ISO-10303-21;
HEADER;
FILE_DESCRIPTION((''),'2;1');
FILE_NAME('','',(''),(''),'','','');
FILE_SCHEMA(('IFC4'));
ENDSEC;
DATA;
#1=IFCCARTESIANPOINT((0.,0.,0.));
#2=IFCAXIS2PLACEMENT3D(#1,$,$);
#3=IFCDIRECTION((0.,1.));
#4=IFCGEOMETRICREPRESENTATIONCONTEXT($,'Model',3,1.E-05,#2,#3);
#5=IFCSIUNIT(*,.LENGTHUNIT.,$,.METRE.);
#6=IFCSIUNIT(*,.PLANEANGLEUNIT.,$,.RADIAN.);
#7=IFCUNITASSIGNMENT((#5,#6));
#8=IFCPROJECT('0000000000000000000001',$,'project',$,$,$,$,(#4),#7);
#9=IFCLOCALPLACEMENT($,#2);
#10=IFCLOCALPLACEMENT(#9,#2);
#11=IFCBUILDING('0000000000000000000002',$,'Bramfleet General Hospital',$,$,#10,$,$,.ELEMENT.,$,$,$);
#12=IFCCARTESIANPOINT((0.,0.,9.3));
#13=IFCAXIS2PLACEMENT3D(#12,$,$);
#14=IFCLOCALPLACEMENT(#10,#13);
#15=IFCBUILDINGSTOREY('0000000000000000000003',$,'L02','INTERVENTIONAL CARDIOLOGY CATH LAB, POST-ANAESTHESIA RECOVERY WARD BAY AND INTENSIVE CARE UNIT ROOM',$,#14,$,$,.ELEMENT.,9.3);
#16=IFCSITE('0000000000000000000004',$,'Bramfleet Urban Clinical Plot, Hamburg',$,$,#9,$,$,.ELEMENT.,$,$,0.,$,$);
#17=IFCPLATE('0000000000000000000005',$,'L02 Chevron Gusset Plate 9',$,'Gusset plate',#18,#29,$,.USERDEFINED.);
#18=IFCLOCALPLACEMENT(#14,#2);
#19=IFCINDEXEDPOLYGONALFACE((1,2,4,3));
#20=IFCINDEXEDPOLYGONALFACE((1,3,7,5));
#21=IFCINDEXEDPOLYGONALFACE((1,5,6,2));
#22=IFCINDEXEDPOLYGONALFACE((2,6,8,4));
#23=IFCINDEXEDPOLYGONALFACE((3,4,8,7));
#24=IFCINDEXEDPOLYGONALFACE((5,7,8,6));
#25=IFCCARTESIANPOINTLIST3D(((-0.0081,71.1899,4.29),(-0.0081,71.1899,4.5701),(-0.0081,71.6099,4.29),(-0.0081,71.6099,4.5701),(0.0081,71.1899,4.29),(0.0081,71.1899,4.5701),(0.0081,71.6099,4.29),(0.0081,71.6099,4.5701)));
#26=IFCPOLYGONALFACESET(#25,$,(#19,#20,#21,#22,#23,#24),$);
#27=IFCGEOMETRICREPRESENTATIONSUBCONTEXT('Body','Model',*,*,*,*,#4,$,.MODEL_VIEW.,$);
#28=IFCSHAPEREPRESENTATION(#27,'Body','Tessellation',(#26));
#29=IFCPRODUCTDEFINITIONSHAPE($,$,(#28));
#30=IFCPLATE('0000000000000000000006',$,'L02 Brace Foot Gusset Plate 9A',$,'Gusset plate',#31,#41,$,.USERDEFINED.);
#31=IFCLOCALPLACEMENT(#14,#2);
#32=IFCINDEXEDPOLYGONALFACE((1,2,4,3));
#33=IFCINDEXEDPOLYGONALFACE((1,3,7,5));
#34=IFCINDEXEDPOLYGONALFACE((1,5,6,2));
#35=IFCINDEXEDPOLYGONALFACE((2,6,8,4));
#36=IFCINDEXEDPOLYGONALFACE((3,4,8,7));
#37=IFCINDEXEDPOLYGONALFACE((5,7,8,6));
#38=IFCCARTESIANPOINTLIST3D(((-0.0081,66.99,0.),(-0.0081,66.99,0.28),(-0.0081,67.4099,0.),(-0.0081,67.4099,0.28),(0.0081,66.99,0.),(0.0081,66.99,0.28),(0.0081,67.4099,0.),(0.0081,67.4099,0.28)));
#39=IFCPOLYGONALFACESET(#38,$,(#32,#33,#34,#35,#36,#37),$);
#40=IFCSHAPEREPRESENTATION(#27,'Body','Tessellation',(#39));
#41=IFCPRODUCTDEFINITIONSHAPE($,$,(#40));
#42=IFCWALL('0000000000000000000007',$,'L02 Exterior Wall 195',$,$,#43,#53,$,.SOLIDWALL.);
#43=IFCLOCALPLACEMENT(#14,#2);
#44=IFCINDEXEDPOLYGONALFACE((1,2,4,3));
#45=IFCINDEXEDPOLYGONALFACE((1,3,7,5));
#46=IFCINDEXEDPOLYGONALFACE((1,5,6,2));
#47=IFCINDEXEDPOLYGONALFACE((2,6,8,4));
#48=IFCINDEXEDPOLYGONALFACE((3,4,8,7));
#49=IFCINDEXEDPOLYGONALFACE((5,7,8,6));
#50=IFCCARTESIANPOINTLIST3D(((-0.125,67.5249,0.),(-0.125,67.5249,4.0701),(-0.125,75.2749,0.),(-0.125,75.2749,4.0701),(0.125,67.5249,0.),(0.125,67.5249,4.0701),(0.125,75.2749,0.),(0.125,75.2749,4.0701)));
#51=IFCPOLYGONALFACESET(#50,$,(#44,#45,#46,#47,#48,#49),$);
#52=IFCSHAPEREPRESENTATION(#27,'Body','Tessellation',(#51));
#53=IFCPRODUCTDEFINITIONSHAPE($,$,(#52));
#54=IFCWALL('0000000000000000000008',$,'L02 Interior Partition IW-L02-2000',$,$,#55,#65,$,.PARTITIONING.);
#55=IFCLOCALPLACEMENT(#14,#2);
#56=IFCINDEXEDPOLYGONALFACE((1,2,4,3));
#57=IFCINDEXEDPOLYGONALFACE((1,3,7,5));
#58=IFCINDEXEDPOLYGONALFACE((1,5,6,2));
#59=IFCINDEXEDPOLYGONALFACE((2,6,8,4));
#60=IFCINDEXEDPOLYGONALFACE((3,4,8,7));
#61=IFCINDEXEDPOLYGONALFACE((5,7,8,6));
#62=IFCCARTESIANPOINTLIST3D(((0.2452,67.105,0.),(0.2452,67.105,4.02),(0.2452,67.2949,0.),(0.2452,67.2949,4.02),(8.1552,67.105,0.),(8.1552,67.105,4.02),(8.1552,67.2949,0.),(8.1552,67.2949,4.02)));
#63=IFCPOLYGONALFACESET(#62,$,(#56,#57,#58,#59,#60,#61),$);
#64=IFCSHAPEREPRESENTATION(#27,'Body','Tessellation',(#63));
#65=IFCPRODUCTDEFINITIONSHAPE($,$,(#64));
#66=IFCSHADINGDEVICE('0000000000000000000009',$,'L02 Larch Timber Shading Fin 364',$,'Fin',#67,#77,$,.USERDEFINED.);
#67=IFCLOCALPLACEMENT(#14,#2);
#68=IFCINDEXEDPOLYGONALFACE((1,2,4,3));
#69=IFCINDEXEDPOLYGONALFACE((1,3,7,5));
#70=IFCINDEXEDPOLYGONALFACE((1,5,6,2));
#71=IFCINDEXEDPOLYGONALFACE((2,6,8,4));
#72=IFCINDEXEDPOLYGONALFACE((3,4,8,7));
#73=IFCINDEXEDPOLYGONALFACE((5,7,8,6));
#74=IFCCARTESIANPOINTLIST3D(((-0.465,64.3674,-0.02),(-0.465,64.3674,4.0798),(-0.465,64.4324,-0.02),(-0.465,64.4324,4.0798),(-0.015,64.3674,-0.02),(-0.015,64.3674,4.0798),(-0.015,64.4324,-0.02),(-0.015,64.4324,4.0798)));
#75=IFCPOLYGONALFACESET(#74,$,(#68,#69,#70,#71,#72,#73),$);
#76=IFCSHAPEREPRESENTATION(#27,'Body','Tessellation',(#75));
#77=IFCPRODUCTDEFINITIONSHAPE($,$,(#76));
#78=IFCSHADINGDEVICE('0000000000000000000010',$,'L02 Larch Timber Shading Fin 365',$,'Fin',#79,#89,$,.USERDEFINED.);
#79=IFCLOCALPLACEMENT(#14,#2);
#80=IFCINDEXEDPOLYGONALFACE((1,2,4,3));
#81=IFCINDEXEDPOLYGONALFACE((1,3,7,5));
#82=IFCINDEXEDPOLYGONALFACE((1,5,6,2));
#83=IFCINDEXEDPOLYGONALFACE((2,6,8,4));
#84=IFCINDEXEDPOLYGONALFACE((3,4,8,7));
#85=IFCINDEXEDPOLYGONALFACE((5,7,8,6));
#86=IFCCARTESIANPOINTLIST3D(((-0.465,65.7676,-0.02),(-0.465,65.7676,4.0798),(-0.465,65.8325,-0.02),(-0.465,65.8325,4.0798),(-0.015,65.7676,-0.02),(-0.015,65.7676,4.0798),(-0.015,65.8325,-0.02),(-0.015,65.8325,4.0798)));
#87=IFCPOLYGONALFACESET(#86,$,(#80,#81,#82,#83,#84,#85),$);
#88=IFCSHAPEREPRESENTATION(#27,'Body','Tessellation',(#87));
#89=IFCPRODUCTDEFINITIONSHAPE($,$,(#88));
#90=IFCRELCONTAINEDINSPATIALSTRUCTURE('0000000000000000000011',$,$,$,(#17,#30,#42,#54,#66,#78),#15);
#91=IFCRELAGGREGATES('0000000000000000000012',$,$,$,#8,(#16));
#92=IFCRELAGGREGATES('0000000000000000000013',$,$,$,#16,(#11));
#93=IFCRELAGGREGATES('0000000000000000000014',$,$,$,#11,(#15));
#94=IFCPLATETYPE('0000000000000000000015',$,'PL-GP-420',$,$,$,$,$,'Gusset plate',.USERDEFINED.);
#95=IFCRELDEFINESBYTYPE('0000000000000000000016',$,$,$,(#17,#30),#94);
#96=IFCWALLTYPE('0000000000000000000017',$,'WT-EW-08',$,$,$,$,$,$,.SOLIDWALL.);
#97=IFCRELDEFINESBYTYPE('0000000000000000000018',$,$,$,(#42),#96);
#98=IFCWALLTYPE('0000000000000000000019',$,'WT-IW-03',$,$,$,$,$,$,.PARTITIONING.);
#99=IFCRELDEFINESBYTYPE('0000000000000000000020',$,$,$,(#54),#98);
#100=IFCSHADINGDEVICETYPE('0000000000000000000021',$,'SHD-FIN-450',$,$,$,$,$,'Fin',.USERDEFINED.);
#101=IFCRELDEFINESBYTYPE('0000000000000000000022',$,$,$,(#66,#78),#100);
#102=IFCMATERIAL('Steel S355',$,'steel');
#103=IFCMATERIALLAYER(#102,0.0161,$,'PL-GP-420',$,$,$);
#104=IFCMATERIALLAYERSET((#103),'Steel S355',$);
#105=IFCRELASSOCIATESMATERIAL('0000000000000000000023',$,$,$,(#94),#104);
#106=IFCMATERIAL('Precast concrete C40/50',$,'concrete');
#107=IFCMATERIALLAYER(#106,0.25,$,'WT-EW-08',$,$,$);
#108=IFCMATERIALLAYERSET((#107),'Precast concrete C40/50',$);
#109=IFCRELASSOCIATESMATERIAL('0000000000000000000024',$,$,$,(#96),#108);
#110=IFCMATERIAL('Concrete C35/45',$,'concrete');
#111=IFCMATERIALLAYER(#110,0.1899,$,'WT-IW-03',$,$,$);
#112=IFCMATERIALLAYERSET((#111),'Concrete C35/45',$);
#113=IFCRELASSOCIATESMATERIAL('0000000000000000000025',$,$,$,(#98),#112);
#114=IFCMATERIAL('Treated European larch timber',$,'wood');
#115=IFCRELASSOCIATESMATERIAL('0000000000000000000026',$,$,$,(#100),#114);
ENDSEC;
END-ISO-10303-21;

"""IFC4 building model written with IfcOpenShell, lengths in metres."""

from ifc_helpers import new_model, si_unit, direction, frame, frame_2d, origin, origin_2d, place, context, subcontext, project, spatial, rectangle, extrude, material, layer, layer_set, material_profile, profile_set, type_object, element, save


model = new_model("IFC4")

# Units and contexts
model_context = context("Model", 3, precision=1e-05, world=origin(), true_north=direction((0.0, 1.0)))
body_context = subcontext(model_context, "Body", "Model", "MODEL_VIEW")
ifc_project = project(units=[si_unit("LENGTHUNIT", "METRE"), si_unit("PLANEANGLEUNIT", "RADIAN")], contexts=[model_context])

# Site, building, storey
site_placement = place(None, origin())
site = spatial("IfcSite", under=ifc_project, at=site_placement, Name="Bramfleet Urban Clinical Plot, Hamburg", CompositionType="ELEMENT", RefElevation=0.0)
building_placement = place(site_placement, origin())
building = spatial("IfcBuilding", under=site, at=building_placement, Name="Bramfleet General Hospital", CompositionType="ELEMENT")
storey_placement = place(building_placement, frame((0.0, 0.0, 9.3)))
storey = spatial("IfcBuildingStorey", under=building, at=storey_placement, Name="L02", Description="INTERVENTIONAL CARDIOLOGY CATH LAB, POST-ANAESTHESIA RECOVERY WARD BAY AND INTENSIVE CARE UNIT ROOM", CompositionType="ELEMENT", Elevation=9.3)

# Shared definitions
ifc_material_1 = material(Name="Concrete C35/45", Category="concrete")

# Shared definitions
ifc_material_2 = material(Name="Steel S355", Category="steel")

# Plates
ifc_layer_1 = layer(ifc_material_2, 0.0161, Name="PL-GP-420")
ifc_layer_set_1 = layer_set([ifc_layer_1], Name="Steel S355")
plate_type_1 = type_object("IfcPlateType", Name="PL-GP-420", ElementType="Gusset plate", PredefinedType="USERDEFINED", material=ifc_layer_set_1)
for number, where, z_axis, x_axis, name in (
    (1, (0.0, 71.3999, 4.29), (0.0, 0.0, 1.0), (1.0, 0.0, 0.0), "L02 Chevron Gusset Plate 9"),
    (2, (0.0, 67.2, 0.0), (0.0, 0.0, 1.0), (1.0, 0.0, 0.0), "L02 Brace Foot Gusset Plate 9A"),
):
    element("IfcPlate", number, at=place(storey_placement, frame(where, z_axis=z_axis, x_axis=x_axis)), inside=storey, type_object=plate_type_1, Name=name, ObjectType="Gusset plate", PredefinedType="USERDEFINED", context=body_context, shape_type="SweptSolid", body=[
        extrude(rectangle(XDim=0.0161, YDim=0.4199, at=origin_2d()), origin(), (0.0, 0.0, 1.0), 0.28),
    ])

# Walls
ifc_material_3 = material(Name="Precast concrete C40/50", Category="concrete")
ifc_layer_2 = layer(ifc_material_3, 0.25, Name="WT-EW-08")
ifc_layer_set_2 = layer_set([ifc_layer_2], Name="Precast concrete C40/50")
wall_type_1 = type_object("IfcWallType", Name="WT-EW-08", PredefinedType="SOLIDWALL", material=ifc_layer_set_2)
wall_1_placement = place(storey_placement, frame((0.0, 67.5249, 0.0), z_axis=(0.0, 0.0, 1.0), x_axis=(0.0, 1.0, 0.0)))
element("IfcWall", 3, at=wall_1_placement, inside=storey, type_object=wall_type_1, Name="L02 Exterior Wall 195", PredefinedType="SOLIDWALL", context=body_context, shape_type="SweptSolid", body=[
    extrude(rectangle(XDim=7.75, YDim=0.25, at=frame_2d((3.875, 0.0))), origin(), (0.0, 0.0, 1.0), 4.0701),
])
ifc_layer_3 = layer(ifc_material_1, 0.1899, Name="WT-IW-03")
ifc_layer_set_3 = layer_set([ifc_layer_3], Name="Concrete C35/45")
wall_type_2 = type_object("IfcWallType", Name="WT-IW-03", PredefinedType="PARTITIONING", material=ifc_layer_set_3)
wall_2_placement = place(storey_placement, frame((0.2451, 67.2, 0.0), z_axis=(0.0, 0.0, 1.0), x_axis=(1.0, 0.0, 0.0)))
element("IfcWall", 4, at=wall_2_placement, inside=storey, type_object=wall_type_2, Name="L02 Interior Partition IW-L02-2000", PredefinedType="PARTITIONING", context=body_context, shape_type="SweptSolid", body=[
    extrude(rectangle(XDim=7.9099, YDim=0.1899, at=frame_2d((3.9551, 0.0))), origin(), (0.0, 0.0, 1.0), 4.02),
])

# Shading devices
ifc_material_4 = material(Name="Treated European larch timber", Category="wood")
ifc_material_profile_1 = material_profile(ifc_material_4, rectangle(XDim=0.0649, YDim=0.45, at=origin_2d()), Name="LARCH FIN 450x65")
ifc_profile_set_1 = profile_set([ifc_material_profile_1], Name="Treated European larch timber")
shading_device_type = type_object("IfcShadingDeviceType", Name="SHD-FIN-450", ElementType="Fin", PredefinedType="USERDEFINED", material=ifc_profile_set_1)
for number, where, z_axis, x_axis, name in (
    (5, (-0.24, 64.3999, -0.02), (0.0, 0.0, 1.0), (0.0, 1.0, 0.0), "L02 Larch Timber Shading Fin 364"),
    (6, (-0.24, 65.8, -0.02), (0.0, 0.0, 1.0), (0.0, 1.0, 0.0), "L02 Larch Timber Shading Fin 365"),
):
    element("IfcShadingDevice", number, at=place(storey_placement, frame(where, z_axis=z_axis, x_axis=x_axis)), inside=storey, type_object=shading_device_type, Name=name, ObjectType="Fin", PredefinedType="USERDEFINED", context=body_context, shape_type="SweptSolid", body=[
        extrude(rectangle(XDim=0.0649, YDim=0.45, at=origin_2d()), origin(), (0.0, 0.0, 1.0), 4.0999),
    ])

save(model, "model.ifc")
